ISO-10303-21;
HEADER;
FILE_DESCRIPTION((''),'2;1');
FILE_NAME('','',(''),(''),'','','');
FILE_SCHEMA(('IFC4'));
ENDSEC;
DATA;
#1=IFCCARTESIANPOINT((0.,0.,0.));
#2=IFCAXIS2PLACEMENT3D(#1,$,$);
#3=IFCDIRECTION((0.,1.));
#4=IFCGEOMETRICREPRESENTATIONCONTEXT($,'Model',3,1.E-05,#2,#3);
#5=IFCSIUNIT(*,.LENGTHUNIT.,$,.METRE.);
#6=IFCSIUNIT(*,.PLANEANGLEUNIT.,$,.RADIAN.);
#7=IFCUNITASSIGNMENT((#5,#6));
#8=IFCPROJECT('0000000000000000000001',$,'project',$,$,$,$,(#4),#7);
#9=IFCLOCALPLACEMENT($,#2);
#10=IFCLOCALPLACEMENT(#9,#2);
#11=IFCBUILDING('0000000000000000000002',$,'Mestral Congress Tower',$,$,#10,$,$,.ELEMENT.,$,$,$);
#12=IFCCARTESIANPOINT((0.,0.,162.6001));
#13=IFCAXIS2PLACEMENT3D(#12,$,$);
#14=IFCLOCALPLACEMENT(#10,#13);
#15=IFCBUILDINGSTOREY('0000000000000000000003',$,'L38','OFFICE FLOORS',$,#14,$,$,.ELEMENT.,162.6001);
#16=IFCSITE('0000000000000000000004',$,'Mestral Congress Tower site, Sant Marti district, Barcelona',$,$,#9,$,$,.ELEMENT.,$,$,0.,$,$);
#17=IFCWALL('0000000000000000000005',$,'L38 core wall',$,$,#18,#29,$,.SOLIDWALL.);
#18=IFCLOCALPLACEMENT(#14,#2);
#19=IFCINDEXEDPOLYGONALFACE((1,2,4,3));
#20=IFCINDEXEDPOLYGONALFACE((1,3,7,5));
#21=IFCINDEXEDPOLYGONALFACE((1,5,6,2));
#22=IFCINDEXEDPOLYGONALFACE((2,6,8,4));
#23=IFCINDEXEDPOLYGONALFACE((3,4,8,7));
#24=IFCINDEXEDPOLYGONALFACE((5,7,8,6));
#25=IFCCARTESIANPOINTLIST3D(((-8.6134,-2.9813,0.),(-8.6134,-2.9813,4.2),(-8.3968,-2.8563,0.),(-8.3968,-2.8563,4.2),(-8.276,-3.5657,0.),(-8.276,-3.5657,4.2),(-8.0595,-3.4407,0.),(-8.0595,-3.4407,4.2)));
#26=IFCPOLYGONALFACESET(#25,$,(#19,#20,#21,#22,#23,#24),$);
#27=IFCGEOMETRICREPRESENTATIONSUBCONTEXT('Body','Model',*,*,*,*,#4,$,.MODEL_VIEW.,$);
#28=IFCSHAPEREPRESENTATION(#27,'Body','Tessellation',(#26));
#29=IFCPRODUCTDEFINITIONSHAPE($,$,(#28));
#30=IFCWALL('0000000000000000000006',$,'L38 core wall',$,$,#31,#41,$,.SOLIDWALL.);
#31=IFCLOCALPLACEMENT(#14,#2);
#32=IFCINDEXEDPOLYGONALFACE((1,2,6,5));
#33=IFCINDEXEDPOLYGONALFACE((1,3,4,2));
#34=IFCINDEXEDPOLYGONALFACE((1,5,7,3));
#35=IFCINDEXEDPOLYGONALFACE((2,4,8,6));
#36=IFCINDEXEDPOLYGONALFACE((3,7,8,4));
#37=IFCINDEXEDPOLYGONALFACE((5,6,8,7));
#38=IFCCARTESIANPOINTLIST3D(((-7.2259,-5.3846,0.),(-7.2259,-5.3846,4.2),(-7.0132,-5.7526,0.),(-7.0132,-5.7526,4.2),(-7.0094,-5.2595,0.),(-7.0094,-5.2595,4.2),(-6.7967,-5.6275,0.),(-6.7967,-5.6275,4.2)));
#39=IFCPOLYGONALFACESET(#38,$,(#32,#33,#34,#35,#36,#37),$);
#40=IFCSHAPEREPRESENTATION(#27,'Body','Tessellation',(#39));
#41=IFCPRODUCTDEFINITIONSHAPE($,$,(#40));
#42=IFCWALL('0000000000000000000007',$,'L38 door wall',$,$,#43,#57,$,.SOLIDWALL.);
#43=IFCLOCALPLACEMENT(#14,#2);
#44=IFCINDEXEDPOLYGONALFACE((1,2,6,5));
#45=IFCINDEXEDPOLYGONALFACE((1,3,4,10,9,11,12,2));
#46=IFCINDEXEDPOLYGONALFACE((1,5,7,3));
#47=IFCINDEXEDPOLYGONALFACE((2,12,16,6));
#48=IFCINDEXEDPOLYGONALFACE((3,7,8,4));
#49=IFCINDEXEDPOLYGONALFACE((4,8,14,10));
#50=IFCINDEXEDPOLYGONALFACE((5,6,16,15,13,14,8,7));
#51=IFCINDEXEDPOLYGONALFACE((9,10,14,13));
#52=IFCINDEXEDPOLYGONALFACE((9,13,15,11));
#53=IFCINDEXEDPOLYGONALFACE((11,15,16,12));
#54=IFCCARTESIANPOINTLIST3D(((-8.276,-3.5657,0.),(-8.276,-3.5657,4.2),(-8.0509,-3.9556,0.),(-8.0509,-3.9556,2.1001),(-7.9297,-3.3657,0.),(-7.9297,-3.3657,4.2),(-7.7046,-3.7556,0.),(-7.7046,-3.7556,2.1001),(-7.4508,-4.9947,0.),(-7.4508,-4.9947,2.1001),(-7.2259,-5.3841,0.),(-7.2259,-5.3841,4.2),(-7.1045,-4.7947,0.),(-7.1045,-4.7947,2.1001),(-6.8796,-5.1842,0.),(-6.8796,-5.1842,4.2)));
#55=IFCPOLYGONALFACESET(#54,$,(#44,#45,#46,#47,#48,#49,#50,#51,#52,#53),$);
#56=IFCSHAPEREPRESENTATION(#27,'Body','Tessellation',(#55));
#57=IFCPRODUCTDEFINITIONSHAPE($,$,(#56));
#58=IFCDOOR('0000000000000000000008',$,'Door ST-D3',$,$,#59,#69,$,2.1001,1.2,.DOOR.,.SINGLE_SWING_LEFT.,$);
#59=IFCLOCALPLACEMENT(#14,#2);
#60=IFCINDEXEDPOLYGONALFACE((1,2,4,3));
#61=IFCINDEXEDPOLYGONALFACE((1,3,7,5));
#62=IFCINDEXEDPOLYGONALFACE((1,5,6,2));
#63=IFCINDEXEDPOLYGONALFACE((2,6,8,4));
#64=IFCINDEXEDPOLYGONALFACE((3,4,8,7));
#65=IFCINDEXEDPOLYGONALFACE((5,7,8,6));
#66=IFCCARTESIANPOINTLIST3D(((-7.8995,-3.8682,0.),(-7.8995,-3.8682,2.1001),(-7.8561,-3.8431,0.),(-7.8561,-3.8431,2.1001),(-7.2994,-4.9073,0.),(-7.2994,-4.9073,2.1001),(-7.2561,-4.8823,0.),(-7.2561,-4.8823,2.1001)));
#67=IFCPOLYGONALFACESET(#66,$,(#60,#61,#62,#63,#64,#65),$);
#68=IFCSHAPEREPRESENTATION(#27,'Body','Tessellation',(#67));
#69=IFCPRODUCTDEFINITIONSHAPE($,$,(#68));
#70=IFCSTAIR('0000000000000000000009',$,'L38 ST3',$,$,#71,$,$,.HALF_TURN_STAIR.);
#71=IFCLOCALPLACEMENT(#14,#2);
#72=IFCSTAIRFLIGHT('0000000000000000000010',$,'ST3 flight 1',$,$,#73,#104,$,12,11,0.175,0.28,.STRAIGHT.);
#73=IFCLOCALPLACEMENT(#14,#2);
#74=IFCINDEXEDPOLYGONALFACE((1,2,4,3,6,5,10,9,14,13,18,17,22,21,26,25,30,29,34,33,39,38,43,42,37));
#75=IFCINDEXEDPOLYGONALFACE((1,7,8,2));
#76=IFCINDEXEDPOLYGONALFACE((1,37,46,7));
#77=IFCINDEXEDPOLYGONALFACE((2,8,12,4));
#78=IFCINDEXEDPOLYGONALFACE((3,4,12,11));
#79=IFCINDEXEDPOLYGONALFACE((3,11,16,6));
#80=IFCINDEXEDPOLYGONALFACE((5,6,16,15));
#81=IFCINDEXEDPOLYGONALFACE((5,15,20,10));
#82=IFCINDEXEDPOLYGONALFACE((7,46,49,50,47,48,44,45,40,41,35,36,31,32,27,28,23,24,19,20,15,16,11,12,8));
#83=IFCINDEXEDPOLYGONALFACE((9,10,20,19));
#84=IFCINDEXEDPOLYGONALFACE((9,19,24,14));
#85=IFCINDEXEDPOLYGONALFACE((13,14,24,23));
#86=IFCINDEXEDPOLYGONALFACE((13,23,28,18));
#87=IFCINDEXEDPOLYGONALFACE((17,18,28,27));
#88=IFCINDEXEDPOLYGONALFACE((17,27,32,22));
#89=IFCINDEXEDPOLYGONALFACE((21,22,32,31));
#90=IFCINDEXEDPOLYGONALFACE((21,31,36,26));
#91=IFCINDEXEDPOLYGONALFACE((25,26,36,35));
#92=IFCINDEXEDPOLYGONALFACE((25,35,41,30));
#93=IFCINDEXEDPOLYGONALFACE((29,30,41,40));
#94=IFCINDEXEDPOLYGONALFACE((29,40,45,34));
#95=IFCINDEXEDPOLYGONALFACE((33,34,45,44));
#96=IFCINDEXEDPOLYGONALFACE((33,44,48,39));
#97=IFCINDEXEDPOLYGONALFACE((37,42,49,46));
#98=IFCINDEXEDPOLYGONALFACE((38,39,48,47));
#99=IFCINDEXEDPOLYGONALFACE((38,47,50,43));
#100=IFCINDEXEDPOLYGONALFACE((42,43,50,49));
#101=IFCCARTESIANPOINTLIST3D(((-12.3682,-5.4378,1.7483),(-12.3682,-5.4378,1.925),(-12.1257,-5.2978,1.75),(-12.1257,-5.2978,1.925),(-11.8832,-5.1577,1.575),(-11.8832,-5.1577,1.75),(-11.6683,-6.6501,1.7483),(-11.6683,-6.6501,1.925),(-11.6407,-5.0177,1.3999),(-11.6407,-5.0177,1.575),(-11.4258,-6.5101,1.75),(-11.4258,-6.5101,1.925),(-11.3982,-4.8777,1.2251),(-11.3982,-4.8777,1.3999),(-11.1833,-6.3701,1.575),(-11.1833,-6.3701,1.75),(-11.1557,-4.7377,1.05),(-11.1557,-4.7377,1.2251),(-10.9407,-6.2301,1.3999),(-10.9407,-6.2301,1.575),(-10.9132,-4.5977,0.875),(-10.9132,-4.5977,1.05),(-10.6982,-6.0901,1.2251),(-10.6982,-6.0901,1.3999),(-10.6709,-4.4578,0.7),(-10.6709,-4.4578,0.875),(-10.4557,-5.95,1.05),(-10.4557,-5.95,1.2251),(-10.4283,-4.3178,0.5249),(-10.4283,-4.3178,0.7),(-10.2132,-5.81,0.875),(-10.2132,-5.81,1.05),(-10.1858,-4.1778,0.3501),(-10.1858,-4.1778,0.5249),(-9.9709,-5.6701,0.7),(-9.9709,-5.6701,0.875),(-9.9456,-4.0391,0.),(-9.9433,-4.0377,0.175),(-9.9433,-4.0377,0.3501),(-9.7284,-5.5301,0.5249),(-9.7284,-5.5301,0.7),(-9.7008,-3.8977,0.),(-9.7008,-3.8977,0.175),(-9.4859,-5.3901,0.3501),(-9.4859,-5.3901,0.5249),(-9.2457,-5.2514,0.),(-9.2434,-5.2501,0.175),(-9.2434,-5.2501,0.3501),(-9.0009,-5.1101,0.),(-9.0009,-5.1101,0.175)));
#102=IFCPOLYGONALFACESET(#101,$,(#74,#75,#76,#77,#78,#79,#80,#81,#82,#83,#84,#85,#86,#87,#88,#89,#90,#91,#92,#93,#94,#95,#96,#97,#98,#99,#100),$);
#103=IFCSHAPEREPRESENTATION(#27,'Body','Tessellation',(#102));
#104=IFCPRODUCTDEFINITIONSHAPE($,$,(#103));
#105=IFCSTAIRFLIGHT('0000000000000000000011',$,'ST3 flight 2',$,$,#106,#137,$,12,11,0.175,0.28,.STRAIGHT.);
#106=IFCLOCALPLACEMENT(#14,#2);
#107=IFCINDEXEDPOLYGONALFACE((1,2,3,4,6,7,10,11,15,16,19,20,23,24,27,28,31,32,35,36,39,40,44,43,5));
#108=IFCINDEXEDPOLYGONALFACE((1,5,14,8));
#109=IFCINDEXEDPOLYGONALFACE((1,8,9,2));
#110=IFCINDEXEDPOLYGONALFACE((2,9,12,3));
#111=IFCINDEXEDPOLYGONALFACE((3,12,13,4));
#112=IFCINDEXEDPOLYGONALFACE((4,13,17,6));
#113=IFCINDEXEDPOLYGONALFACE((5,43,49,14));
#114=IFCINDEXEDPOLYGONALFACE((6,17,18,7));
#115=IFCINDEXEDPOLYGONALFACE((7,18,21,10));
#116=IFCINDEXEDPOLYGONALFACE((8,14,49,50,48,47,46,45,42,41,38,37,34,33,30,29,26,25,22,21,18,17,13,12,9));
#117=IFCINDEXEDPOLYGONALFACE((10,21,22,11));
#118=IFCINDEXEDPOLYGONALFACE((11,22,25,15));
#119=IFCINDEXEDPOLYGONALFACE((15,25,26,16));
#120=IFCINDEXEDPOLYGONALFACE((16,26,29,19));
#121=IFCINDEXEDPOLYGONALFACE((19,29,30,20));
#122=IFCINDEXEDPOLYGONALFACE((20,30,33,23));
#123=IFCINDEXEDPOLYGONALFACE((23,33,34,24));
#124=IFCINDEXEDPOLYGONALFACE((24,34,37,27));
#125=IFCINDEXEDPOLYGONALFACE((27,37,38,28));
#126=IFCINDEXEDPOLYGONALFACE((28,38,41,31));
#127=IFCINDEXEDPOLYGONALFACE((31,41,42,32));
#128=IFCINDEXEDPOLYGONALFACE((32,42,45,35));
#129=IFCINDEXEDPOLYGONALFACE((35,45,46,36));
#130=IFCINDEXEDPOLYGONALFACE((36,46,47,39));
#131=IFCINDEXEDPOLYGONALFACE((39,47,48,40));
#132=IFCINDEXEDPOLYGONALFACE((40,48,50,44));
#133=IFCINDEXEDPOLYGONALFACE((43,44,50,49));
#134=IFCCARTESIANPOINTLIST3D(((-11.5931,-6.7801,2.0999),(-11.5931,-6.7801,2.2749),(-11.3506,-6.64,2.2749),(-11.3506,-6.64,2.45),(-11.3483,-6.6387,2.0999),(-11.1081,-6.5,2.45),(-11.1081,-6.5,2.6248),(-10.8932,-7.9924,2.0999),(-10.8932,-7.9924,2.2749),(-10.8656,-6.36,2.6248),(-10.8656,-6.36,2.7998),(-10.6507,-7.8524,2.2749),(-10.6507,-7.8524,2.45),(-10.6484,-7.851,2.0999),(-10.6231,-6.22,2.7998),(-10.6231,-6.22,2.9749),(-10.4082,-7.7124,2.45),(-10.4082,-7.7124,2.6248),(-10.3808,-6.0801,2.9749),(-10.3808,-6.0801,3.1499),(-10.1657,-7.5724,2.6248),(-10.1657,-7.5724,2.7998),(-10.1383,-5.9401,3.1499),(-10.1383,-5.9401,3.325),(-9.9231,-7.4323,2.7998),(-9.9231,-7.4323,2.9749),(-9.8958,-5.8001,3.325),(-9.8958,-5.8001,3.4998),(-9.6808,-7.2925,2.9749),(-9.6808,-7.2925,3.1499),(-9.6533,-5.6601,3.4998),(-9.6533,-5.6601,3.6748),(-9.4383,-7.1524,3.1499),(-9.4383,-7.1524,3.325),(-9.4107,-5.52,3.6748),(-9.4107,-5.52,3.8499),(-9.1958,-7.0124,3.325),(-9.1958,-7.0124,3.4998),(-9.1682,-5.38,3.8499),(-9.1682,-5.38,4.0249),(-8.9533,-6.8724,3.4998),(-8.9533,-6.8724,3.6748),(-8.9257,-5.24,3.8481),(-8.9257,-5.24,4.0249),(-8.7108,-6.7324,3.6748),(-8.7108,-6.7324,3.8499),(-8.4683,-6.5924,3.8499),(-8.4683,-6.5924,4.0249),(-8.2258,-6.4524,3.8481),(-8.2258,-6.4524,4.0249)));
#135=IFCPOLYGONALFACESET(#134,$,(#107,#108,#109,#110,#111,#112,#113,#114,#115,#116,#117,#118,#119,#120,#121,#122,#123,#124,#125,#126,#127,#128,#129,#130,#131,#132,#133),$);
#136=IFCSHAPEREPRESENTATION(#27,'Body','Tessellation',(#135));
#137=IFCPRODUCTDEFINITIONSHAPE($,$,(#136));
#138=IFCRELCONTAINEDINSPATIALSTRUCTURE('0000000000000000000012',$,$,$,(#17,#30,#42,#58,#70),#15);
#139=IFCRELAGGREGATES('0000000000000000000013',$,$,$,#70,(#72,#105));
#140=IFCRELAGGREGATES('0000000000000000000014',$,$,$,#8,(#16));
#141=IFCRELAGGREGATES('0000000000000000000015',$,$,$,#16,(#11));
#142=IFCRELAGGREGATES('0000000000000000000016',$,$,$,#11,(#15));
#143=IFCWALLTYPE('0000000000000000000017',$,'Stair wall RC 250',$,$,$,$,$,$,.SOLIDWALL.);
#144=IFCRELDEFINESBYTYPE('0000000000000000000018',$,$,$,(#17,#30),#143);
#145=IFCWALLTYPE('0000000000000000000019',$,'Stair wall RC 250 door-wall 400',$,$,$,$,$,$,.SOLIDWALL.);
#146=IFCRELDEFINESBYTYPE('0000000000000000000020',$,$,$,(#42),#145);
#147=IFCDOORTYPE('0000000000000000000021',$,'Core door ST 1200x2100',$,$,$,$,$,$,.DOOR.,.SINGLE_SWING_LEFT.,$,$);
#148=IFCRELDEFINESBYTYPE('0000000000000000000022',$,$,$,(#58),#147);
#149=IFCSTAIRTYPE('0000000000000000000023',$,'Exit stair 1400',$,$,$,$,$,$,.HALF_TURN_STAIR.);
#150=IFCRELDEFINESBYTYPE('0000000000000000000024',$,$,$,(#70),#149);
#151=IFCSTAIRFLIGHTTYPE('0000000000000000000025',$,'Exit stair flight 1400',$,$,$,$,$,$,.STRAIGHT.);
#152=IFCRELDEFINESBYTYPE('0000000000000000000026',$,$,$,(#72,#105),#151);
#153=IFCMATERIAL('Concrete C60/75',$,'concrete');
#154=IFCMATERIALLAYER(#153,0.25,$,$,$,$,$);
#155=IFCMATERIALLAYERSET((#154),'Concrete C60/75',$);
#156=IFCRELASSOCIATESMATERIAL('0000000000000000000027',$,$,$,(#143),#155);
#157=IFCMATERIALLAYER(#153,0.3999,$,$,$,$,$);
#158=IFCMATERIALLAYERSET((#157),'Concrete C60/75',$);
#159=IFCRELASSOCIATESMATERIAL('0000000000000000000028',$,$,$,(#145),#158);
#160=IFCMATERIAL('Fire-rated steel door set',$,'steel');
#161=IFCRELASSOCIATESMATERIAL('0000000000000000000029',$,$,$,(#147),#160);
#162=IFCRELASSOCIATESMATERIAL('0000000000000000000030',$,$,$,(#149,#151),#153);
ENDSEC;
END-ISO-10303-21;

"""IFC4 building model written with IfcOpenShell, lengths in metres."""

from ifc_helpers import new_model, si_unit, direction, frame, frame_2d, origin, place, context, subcontext, project, spatial, polyline, rectangle, outline, extrude, material, layer, layer_set, type_object, element, fill, aggregate, save


model = new_model("IFC4")

# Units and contexts
model_context = context("Model", 3, precision=1e-05, world=origin(), true_north=direction((0.0, 1.0)))
body_context = subcontext(model_context, "Body", "Model", "MODEL_VIEW")
ifc_project = project(units=[si_unit("LENGTHUNIT", "METRE"), si_unit("PLANEANGLEUNIT", "RADIAN")], contexts=[model_context])

# Site, building, storey
site_placement = place(None, origin())
site = spatial("IfcSite", under=ifc_project, at=site_placement, Name="Mestral Congress Tower site, Sant Marti district, Barcelona", CompositionType="ELEMENT", RefElevation=0.0)
building_placement = place(site_placement, origin())
building = spatial("IfcBuilding", under=site, at=building_placement, Name="Mestral Congress Tower", CompositionType="ELEMENT")
storey_placement = place(building_placement, frame((0.0, 0.0, 162.6001)))
storey = spatial("IfcBuildingStorey", under=building, at=storey_placement, Name="L38", Description="OFFICE FLOORS", CompositionType="ELEMENT", Elevation=162.6001)

# Shared definitions
ifc_material_1 = material(Name="Fire-rated steel door set", Category="steel")

# Shared definitions
ifc_material_2 = material(Name="Concrete C60/75", Category="concrete")

# Walls
ifc_layer_1 = layer(ifc_material_2, 0.25)
ifc_layer_set_1 = layer_set([ifc_layer_1], Name="Concrete C60/75")
wall_type_1 = type_object("IfcWallType", Name="Stair wall RC 250", PredefinedType="SOLIDWALL", material=ifc_layer_set_1)
wall_1_placement = place(storey_placement, frame((-8.1677, -3.5032, 0.0), z_axis=(0.0, 0.0, 1.0), x_axis=(-0.499952, 0.866053, 0.0)))
element("IfcWall", 1, at=wall_1_placement, inside=storey, type_object=wall_type_1, Name="L38 core wall", PredefinedType="SOLIDWALL", context=body_context, shape_type="SweptSolid", body=[
    extrude(rectangle(XDim=0.6748, YDim=0.25, at=frame_2d((0.3374, 0.0))), origin(), (0.0, 0.0, 1.0), 4.2),
])
wall_2_placement = place(storey_placement, frame((-6.905, -5.6899, 0.0), z_axis=(0.0, 0.0, 1.0), x_axis=(-0.500402, 0.865793, 0.0)))
element("IfcWall", 2, at=wall_2_placement, inside=storey, type_object=wall_type_1, Name="L38 core wall", PredefinedType="SOLIDWALL", context=body_context, shape_type="SweptSolid", body=[
    extrude(rectangle(XDim=0.425, YDim=0.25, at=frame_2d((0.2124, 0.0))), origin(), (0.0, 0.0, 1.0), 4.2),
])

# Wall, opening, door
ifc_layer_2 = layer(ifc_material_2, 0.3999)
ifc_layer_set_2 = layer_set([ifc_layer_2], Name="Concrete C60/75")
wall_type_2 = type_object("IfcWallType", Name="Stair wall RC 250 door-wall 400", PredefinedType="SOLIDWALL", material=ifc_layer_set_2)
wall_3_placement = place(storey_placement, frame((-8.1028, -3.4658, 0.0), z_axis=(0.0, 0.0, 1.0), x_axis=(0.500078, -0.86598, 0.0)))
wall_3 = element("IfcWall", 3, at=wall_3_placement, inside=storey, type_object=wall_type_2, Name="L38 door wall", PredefinedType="SOLIDWALL", context=body_context, shape_type="SweptSolid", body=[
    extrude(rectangle(XDim=2.0999, YDim=0.3999, at=frame_2d((1.0498, 0.0))), origin(), (0.0, 0.0, 1.0), 4.2),
])
opening_1_placement = place(wall_3_placement, frame((0.45, 0.0, 0.0)))
opening_1 = element("IfcOpeningElement", 4, at=opening_1_placement, cuts=wall_3, PredefinedType="OPENING", context=body_context, shape_type="SweptSolid", body=[
    extrude(rectangle(XDim=1.2, YDim=2.1001, at=frame_2d((0.6001, 1.05))), frame((0.0, 0.21, 0.0), z_axis=(0.0, -1.0, 0.0), x_axis=(1.0, 0.0, 0.0)), (0.0, 0.0, 1.0), 0.4199),
])
door_type_1 = type_object("IfcDoorType", Name="Core door ST 1200x2100", OperationType="SINGLE_SWING_LEFT", PredefinedType="DOOR", material=ifc_material_1)
door_1_placement = place(opening_1_placement, origin())
door_1 = element("IfcDoor", 5, at=door_1_placement, inside=storey, type_object=door_type_1, Name="Door ST-D3", OperationType="SINGLE_SWING_LEFT", OverallHeight=2.1001, OverallWidth=1.2, PredefinedType="DOOR", context=body_context, shape_type="SweptSolid", body=[
    extrude(rectangle(XDim=1.2, YDim=2.1001, at=frame_2d((0.6001, 1.05))), frame((0.0, 0.0249, 0.0), z_axis=(0.0, -1.0, 0.0), x_axis=(1.0, 0.0, 0.0)), (0.0, 0.0, 1.0), 0.05),
])
fill(opening_1, door_1)

# Stair, stair flights
stair_type = type_object("IfcStairType", Name="Exit stair 1400", PredefinedType="HALF_TURN_STAIR", material=ifc_material_2)
stair_placement = place(storey_placement, origin())
stair = element("IfcStair", 6, at=stair_placement, inside=storey, type_object=stair_type, Name="L38 ST3", PredefinedType="HALF_TURN_STAIR")
stair_flight_type = type_object("IfcStairFlightType", Name="Exit stair flight 1400", PredefinedType="STRAIGHT", material=ifc_material_2)
stair_flight_1_placement = place(storey_placement, frame((-9.3508, -4.5039, 0.0), z_axis=(0.0, 0.0, 1.0), x_axis=(-0.866025, -0.5, 0.0)))
stair_flight_1 = element("IfcStairFlight", 7, at=stair_flight_1_placement, type_object=stair_flight_type, Name="ST3 flight 1", NumberOfRisers=12, NumberOfTreads=11, PredefinedType="STRAIGHT", RiserHeight=0.175, TreadLength=0.28, context=body_context, shape_type="SweptSolid", body=[
    extrude(outline(polyline([(0.0, 0.0), (0.0, 0.175), (0.28, 0.175), (0.28, 0.3501), (0.5601, 0.3501), (0.5601, 0.5249), (0.8401, 0.5249), (0.8401, 0.7), (1.1201, 0.7), (1.1201, 0.875), (1.3999, 0.875), (1.3999, 1.05), (1.6799, 1.05), (1.6799, 1.2251), (1.96, 1.2251), (1.96, 1.3999), (2.24, 1.3999), (2.24, 1.575), (2.52, 1.575), (2.52, 1.75), (2.8, 1.75), (2.8, 1.925), (3.0801, 1.925), (3.0801, 2.1001), (3.0801, 1.7483), (0.2827, 0.0), (0.0, 0.0)])), frame((0.0, 0.7, 0.0), z_axis=(0.0, -1.0, 0.0), x_axis=(1.0, 0.0, 0.0)), (0.0, 0.0, 1.0), 1.3999),
])
stair_flight_2_placement = place(storey_placement, frame((-11.2432, -7.3862, 2.0999), z_axis=(0.0, 0.0, 1.0), x_axis=(0.866025, 0.5, 0.0)))
stair_flight_2 = element("IfcStairFlight", 8, at=stair_flight_2_placement, type_object=stair_flight_type, Name="ST3 flight 2", NumberOfRisers=12, NumberOfTreads=11, PredefinedType="STRAIGHT", RiserHeight=0.175, TreadLength=0.28, context=body_context, shape_type="SweptSolid", body=[
    extrude(outline(polyline([(0.0, 0.0), (0.0, 0.175), (0.28, 0.175), (0.28, 0.3501), (0.5601, 0.3501), (0.5601, 0.5249), (0.8401, 0.5249), (0.8401, 0.7), (1.1201, 0.7), (1.1201, 0.875), (1.3999, 0.875), (1.3999, 1.05), (1.6799, 1.05), (1.6799, 1.2251), (1.96, 1.2251), (1.96, 1.3999), (2.24, 1.3999), (2.24, 1.575), (2.52, 1.575), (2.52, 1.75), (2.8, 1.75), (2.8, 1.925), (3.0801, 1.925), (3.0801, 2.1001), (3.0801, 1.7483), (0.2827, 0.0), (0.0, 0.0)])), frame((0.0, 0.7, 0.0), z_axis=(0.0, -1.0, 0.0), x_axis=(1.0, 0.0, 0.0)), (0.0, 0.0, 1.0), 1.3999),
])
aggregate(stair, [stair_flight_1, stair_flight_2])

save(model, "model.ifc")
